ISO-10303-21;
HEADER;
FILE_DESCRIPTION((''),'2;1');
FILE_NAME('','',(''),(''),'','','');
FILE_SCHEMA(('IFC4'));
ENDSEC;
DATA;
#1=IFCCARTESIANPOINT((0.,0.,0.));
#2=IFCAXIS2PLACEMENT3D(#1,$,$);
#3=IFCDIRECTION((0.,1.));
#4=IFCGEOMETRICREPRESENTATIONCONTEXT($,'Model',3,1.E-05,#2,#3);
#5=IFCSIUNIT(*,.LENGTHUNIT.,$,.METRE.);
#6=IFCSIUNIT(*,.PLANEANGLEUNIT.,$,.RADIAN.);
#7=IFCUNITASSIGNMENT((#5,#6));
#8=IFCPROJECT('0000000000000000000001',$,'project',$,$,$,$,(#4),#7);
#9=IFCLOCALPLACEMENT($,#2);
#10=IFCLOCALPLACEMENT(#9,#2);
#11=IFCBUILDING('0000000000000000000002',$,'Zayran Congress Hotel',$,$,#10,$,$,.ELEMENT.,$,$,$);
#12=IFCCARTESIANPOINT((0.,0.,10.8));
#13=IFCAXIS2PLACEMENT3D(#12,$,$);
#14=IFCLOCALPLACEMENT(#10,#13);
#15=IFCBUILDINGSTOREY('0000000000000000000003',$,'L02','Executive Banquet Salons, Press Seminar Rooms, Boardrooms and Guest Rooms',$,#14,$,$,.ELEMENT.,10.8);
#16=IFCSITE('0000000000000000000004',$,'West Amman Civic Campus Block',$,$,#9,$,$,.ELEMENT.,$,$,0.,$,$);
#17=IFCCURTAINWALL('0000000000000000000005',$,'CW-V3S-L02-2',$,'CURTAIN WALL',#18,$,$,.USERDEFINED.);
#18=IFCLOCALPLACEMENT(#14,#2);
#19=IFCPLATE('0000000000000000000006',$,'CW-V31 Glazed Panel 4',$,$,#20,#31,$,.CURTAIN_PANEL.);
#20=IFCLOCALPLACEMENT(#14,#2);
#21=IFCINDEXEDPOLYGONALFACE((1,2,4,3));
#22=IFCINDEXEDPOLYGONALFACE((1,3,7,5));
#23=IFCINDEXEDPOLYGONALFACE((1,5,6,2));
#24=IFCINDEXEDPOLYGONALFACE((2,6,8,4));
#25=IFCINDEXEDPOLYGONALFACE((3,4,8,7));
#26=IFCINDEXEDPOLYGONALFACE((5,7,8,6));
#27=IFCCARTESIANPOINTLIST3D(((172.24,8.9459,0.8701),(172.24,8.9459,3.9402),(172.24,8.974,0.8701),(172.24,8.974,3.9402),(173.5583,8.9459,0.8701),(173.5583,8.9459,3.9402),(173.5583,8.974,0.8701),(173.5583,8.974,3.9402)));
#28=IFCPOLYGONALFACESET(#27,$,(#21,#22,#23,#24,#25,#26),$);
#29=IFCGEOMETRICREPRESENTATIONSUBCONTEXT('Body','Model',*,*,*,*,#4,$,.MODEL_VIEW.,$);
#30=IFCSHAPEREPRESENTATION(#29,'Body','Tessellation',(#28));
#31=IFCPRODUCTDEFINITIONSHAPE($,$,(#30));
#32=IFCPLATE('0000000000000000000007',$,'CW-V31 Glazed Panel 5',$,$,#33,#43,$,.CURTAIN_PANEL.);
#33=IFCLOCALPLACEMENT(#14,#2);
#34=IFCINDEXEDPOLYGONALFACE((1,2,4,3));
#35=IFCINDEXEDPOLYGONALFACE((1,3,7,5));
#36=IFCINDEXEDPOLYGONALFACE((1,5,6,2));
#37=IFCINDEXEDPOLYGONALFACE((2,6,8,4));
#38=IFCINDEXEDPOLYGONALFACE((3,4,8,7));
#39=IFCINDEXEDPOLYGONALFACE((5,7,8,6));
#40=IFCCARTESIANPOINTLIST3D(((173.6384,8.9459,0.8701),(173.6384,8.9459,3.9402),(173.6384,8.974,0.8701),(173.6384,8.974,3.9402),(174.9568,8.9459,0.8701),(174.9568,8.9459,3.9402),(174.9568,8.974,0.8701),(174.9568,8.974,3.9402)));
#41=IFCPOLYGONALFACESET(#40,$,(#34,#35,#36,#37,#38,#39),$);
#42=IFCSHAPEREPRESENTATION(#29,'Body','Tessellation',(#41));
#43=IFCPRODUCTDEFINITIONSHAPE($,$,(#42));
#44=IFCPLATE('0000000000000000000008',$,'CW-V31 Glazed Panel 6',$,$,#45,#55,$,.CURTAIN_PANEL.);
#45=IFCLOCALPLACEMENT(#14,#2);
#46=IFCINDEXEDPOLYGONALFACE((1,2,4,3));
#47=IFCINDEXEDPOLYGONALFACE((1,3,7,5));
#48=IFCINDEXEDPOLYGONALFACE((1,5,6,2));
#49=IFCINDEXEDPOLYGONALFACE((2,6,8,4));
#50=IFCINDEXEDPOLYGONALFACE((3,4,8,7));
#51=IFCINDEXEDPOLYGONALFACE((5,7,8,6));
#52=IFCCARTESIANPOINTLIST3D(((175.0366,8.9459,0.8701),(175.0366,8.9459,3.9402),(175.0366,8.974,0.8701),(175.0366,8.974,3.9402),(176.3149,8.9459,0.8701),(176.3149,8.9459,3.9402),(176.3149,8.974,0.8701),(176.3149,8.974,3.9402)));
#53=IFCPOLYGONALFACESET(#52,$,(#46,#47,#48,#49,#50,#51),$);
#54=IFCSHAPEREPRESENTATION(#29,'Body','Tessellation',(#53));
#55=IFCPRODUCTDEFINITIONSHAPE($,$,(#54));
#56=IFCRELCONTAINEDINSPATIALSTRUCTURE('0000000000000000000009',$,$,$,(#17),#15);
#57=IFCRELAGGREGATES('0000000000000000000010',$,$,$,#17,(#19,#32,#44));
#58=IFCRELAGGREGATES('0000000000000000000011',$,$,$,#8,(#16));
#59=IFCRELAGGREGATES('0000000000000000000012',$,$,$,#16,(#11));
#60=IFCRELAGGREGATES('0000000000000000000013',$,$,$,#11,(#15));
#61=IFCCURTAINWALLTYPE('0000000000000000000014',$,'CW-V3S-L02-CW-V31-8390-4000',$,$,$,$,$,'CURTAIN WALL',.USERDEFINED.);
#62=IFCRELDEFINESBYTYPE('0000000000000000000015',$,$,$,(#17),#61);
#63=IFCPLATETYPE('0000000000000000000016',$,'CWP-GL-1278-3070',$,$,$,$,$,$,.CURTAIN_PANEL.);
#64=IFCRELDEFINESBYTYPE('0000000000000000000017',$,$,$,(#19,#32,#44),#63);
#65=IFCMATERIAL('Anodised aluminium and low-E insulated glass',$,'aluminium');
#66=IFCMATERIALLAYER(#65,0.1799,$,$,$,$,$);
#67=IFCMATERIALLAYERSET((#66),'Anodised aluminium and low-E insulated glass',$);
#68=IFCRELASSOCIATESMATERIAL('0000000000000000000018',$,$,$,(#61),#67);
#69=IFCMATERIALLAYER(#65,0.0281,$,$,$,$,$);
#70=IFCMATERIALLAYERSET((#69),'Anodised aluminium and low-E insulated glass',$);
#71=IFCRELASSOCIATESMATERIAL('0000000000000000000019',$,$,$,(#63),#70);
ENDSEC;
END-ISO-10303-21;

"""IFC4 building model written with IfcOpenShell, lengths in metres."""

from ifc_helpers import new_model, si_unit, direction, frame, origin, origin_2d, place, context, subcontext, project, spatial, rectangle, extrude, material, layer, layer_set, type_object, element, aggregate, save


model = new_model("IFC4")

# Units and contexts
model_context = context("Model", 3, precision=1e-05, world=origin(), true_north=direction((0.0, 1.0)))
body_context = subcontext(model_context, "Body", "Model", "MODEL_VIEW")
ifc_project = project(units=[si_unit("LENGTHUNIT", "METRE"), si_unit("PLANEANGLEUNIT", "RADIAN")], contexts=[model_context])

# Site, building, storey
site_placement = place(None, origin())
site = spatial("IfcSite", under=ifc_project, at=site_placement, Name="West Amman Civic Campus Block", CompositionType="ELEMENT", RefElevation=0.0)
building_placement = place(site_placement, origin())
building = spatial("IfcBuilding", under=site, at=building_placement, Name="Zayran Congress Hotel", CompositionType="ELEMENT")
storey_placement = place(building_placement, frame((0.0, 0.0, 10.8)))
storey = spatial("IfcBuildingStorey", under=building, at=storey_placement, Name="L02", Description="Executive Banquet Salons, Press Seminar Rooms, Boardrooms and Guest Rooms", CompositionType="ELEMENT", Elevation=10.8)

# Curtain wall
ifc_material_1 = material(Name="Anodised aluminium and low-E insulated glass", Category="aluminium")
ifc_layer_1 = layer(ifc_material_1, 0.1799)
ifc_layer_set_1 = layer_set([ifc_layer_1], Name="Anodised aluminium and low-E insulated glass")
curtain_wall_type_1 = type_object("IfcCurtainWallType", Name="CW-V3S-L02-CW-V31-8390-4000", ElementType="CURTAIN WALL", PredefinedType="USERDEFINED", material=ifc_layer_set_1)
curtain_wall_1_placement = place(storey_placement, origin())
curtain_wall_1 = element("IfcCurtainWall", 1, at=curtain_wall_1_placement, inside=storey, type_object=curtain_wall_type_1, Name="CW-V3S-L02-2", ObjectType="CURTAIN WALL", PredefinedType="USERDEFINED")

# Plates
ifc_layer_2 = layer(ifc_material_1, 0.0281)
ifc_layer_set_2 = layer_set([ifc_layer_2], Name="Anodised aluminium and low-E insulated glass")
plate_type_1 = type_object("IfcPlateType", Name="CWP-GL-1278-3070", PredefinedType="CURTAIN_PANEL", material=ifc_layer_set_2)
plate_1_placement = place(storey_placement, frame((172.8992, 8.96, 0.8701), z_axis=(0.0, 0.0, 1.0), x_axis=(1.0, 0.0, 0.0)))
plate_1 = element("IfcPlate", 2, at=plate_1_placement, type_object=plate_type_1, Name="CW-V31 Glazed Panel 4", PredefinedType="CURTAIN_PANEL", context=body_context, shape_type="SweptSolid", body=[
    extrude(rectangle(XDim=1.3184, YDim=0.0281, at=origin_2d()), origin(), (0.0, 0.0, 1.0), 3.0701),
])
plate_2_placement = place(storey_placement, frame((174.2976, 8.96, 0.8701), z_axis=(0.0, 0.0, 1.0), x_axis=(1.0, 0.0, 0.0)))
plate_2 = element("IfcPlate", 3, at=plate_2_placement, type_object=plate_type_1, Name="CW-V31 Glazed Panel 5", PredefinedType="CURTAIN_PANEL", context=body_context, shape_type="SweptSolid", body=[
    extrude(rectangle(XDim=1.3184, YDim=0.0281, at=origin_2d()), origin(), (0.0, 0.0, 1.0), 3.0701),
])
plate_3_placement = place(storey_placement, frame((175.6758, 8.96, 0.8701), z_axis=(0.0, 0.0, 1.0), x_axis=(1.0, 0.0, 0.0)))
plate_3 = element("IfcPlate", 4, at=plate_3_placement, type_object=plate_type_1, Name="CW-V31 Glazed Panel 6", PredefinedType="CURTAIN_PANEL", context=body_context, shape_type="SweptSolid", body=[
    extrude(rectangle(XDim=1.2783, YDim=0.0281, at=origin_2d()), origin(), (0.0, 0.0, 1.0), 3.0701),
])
aggregate(curtain_wall_1, [plate_1, plate_2, plate_3])

save(model, "model.ifc")
